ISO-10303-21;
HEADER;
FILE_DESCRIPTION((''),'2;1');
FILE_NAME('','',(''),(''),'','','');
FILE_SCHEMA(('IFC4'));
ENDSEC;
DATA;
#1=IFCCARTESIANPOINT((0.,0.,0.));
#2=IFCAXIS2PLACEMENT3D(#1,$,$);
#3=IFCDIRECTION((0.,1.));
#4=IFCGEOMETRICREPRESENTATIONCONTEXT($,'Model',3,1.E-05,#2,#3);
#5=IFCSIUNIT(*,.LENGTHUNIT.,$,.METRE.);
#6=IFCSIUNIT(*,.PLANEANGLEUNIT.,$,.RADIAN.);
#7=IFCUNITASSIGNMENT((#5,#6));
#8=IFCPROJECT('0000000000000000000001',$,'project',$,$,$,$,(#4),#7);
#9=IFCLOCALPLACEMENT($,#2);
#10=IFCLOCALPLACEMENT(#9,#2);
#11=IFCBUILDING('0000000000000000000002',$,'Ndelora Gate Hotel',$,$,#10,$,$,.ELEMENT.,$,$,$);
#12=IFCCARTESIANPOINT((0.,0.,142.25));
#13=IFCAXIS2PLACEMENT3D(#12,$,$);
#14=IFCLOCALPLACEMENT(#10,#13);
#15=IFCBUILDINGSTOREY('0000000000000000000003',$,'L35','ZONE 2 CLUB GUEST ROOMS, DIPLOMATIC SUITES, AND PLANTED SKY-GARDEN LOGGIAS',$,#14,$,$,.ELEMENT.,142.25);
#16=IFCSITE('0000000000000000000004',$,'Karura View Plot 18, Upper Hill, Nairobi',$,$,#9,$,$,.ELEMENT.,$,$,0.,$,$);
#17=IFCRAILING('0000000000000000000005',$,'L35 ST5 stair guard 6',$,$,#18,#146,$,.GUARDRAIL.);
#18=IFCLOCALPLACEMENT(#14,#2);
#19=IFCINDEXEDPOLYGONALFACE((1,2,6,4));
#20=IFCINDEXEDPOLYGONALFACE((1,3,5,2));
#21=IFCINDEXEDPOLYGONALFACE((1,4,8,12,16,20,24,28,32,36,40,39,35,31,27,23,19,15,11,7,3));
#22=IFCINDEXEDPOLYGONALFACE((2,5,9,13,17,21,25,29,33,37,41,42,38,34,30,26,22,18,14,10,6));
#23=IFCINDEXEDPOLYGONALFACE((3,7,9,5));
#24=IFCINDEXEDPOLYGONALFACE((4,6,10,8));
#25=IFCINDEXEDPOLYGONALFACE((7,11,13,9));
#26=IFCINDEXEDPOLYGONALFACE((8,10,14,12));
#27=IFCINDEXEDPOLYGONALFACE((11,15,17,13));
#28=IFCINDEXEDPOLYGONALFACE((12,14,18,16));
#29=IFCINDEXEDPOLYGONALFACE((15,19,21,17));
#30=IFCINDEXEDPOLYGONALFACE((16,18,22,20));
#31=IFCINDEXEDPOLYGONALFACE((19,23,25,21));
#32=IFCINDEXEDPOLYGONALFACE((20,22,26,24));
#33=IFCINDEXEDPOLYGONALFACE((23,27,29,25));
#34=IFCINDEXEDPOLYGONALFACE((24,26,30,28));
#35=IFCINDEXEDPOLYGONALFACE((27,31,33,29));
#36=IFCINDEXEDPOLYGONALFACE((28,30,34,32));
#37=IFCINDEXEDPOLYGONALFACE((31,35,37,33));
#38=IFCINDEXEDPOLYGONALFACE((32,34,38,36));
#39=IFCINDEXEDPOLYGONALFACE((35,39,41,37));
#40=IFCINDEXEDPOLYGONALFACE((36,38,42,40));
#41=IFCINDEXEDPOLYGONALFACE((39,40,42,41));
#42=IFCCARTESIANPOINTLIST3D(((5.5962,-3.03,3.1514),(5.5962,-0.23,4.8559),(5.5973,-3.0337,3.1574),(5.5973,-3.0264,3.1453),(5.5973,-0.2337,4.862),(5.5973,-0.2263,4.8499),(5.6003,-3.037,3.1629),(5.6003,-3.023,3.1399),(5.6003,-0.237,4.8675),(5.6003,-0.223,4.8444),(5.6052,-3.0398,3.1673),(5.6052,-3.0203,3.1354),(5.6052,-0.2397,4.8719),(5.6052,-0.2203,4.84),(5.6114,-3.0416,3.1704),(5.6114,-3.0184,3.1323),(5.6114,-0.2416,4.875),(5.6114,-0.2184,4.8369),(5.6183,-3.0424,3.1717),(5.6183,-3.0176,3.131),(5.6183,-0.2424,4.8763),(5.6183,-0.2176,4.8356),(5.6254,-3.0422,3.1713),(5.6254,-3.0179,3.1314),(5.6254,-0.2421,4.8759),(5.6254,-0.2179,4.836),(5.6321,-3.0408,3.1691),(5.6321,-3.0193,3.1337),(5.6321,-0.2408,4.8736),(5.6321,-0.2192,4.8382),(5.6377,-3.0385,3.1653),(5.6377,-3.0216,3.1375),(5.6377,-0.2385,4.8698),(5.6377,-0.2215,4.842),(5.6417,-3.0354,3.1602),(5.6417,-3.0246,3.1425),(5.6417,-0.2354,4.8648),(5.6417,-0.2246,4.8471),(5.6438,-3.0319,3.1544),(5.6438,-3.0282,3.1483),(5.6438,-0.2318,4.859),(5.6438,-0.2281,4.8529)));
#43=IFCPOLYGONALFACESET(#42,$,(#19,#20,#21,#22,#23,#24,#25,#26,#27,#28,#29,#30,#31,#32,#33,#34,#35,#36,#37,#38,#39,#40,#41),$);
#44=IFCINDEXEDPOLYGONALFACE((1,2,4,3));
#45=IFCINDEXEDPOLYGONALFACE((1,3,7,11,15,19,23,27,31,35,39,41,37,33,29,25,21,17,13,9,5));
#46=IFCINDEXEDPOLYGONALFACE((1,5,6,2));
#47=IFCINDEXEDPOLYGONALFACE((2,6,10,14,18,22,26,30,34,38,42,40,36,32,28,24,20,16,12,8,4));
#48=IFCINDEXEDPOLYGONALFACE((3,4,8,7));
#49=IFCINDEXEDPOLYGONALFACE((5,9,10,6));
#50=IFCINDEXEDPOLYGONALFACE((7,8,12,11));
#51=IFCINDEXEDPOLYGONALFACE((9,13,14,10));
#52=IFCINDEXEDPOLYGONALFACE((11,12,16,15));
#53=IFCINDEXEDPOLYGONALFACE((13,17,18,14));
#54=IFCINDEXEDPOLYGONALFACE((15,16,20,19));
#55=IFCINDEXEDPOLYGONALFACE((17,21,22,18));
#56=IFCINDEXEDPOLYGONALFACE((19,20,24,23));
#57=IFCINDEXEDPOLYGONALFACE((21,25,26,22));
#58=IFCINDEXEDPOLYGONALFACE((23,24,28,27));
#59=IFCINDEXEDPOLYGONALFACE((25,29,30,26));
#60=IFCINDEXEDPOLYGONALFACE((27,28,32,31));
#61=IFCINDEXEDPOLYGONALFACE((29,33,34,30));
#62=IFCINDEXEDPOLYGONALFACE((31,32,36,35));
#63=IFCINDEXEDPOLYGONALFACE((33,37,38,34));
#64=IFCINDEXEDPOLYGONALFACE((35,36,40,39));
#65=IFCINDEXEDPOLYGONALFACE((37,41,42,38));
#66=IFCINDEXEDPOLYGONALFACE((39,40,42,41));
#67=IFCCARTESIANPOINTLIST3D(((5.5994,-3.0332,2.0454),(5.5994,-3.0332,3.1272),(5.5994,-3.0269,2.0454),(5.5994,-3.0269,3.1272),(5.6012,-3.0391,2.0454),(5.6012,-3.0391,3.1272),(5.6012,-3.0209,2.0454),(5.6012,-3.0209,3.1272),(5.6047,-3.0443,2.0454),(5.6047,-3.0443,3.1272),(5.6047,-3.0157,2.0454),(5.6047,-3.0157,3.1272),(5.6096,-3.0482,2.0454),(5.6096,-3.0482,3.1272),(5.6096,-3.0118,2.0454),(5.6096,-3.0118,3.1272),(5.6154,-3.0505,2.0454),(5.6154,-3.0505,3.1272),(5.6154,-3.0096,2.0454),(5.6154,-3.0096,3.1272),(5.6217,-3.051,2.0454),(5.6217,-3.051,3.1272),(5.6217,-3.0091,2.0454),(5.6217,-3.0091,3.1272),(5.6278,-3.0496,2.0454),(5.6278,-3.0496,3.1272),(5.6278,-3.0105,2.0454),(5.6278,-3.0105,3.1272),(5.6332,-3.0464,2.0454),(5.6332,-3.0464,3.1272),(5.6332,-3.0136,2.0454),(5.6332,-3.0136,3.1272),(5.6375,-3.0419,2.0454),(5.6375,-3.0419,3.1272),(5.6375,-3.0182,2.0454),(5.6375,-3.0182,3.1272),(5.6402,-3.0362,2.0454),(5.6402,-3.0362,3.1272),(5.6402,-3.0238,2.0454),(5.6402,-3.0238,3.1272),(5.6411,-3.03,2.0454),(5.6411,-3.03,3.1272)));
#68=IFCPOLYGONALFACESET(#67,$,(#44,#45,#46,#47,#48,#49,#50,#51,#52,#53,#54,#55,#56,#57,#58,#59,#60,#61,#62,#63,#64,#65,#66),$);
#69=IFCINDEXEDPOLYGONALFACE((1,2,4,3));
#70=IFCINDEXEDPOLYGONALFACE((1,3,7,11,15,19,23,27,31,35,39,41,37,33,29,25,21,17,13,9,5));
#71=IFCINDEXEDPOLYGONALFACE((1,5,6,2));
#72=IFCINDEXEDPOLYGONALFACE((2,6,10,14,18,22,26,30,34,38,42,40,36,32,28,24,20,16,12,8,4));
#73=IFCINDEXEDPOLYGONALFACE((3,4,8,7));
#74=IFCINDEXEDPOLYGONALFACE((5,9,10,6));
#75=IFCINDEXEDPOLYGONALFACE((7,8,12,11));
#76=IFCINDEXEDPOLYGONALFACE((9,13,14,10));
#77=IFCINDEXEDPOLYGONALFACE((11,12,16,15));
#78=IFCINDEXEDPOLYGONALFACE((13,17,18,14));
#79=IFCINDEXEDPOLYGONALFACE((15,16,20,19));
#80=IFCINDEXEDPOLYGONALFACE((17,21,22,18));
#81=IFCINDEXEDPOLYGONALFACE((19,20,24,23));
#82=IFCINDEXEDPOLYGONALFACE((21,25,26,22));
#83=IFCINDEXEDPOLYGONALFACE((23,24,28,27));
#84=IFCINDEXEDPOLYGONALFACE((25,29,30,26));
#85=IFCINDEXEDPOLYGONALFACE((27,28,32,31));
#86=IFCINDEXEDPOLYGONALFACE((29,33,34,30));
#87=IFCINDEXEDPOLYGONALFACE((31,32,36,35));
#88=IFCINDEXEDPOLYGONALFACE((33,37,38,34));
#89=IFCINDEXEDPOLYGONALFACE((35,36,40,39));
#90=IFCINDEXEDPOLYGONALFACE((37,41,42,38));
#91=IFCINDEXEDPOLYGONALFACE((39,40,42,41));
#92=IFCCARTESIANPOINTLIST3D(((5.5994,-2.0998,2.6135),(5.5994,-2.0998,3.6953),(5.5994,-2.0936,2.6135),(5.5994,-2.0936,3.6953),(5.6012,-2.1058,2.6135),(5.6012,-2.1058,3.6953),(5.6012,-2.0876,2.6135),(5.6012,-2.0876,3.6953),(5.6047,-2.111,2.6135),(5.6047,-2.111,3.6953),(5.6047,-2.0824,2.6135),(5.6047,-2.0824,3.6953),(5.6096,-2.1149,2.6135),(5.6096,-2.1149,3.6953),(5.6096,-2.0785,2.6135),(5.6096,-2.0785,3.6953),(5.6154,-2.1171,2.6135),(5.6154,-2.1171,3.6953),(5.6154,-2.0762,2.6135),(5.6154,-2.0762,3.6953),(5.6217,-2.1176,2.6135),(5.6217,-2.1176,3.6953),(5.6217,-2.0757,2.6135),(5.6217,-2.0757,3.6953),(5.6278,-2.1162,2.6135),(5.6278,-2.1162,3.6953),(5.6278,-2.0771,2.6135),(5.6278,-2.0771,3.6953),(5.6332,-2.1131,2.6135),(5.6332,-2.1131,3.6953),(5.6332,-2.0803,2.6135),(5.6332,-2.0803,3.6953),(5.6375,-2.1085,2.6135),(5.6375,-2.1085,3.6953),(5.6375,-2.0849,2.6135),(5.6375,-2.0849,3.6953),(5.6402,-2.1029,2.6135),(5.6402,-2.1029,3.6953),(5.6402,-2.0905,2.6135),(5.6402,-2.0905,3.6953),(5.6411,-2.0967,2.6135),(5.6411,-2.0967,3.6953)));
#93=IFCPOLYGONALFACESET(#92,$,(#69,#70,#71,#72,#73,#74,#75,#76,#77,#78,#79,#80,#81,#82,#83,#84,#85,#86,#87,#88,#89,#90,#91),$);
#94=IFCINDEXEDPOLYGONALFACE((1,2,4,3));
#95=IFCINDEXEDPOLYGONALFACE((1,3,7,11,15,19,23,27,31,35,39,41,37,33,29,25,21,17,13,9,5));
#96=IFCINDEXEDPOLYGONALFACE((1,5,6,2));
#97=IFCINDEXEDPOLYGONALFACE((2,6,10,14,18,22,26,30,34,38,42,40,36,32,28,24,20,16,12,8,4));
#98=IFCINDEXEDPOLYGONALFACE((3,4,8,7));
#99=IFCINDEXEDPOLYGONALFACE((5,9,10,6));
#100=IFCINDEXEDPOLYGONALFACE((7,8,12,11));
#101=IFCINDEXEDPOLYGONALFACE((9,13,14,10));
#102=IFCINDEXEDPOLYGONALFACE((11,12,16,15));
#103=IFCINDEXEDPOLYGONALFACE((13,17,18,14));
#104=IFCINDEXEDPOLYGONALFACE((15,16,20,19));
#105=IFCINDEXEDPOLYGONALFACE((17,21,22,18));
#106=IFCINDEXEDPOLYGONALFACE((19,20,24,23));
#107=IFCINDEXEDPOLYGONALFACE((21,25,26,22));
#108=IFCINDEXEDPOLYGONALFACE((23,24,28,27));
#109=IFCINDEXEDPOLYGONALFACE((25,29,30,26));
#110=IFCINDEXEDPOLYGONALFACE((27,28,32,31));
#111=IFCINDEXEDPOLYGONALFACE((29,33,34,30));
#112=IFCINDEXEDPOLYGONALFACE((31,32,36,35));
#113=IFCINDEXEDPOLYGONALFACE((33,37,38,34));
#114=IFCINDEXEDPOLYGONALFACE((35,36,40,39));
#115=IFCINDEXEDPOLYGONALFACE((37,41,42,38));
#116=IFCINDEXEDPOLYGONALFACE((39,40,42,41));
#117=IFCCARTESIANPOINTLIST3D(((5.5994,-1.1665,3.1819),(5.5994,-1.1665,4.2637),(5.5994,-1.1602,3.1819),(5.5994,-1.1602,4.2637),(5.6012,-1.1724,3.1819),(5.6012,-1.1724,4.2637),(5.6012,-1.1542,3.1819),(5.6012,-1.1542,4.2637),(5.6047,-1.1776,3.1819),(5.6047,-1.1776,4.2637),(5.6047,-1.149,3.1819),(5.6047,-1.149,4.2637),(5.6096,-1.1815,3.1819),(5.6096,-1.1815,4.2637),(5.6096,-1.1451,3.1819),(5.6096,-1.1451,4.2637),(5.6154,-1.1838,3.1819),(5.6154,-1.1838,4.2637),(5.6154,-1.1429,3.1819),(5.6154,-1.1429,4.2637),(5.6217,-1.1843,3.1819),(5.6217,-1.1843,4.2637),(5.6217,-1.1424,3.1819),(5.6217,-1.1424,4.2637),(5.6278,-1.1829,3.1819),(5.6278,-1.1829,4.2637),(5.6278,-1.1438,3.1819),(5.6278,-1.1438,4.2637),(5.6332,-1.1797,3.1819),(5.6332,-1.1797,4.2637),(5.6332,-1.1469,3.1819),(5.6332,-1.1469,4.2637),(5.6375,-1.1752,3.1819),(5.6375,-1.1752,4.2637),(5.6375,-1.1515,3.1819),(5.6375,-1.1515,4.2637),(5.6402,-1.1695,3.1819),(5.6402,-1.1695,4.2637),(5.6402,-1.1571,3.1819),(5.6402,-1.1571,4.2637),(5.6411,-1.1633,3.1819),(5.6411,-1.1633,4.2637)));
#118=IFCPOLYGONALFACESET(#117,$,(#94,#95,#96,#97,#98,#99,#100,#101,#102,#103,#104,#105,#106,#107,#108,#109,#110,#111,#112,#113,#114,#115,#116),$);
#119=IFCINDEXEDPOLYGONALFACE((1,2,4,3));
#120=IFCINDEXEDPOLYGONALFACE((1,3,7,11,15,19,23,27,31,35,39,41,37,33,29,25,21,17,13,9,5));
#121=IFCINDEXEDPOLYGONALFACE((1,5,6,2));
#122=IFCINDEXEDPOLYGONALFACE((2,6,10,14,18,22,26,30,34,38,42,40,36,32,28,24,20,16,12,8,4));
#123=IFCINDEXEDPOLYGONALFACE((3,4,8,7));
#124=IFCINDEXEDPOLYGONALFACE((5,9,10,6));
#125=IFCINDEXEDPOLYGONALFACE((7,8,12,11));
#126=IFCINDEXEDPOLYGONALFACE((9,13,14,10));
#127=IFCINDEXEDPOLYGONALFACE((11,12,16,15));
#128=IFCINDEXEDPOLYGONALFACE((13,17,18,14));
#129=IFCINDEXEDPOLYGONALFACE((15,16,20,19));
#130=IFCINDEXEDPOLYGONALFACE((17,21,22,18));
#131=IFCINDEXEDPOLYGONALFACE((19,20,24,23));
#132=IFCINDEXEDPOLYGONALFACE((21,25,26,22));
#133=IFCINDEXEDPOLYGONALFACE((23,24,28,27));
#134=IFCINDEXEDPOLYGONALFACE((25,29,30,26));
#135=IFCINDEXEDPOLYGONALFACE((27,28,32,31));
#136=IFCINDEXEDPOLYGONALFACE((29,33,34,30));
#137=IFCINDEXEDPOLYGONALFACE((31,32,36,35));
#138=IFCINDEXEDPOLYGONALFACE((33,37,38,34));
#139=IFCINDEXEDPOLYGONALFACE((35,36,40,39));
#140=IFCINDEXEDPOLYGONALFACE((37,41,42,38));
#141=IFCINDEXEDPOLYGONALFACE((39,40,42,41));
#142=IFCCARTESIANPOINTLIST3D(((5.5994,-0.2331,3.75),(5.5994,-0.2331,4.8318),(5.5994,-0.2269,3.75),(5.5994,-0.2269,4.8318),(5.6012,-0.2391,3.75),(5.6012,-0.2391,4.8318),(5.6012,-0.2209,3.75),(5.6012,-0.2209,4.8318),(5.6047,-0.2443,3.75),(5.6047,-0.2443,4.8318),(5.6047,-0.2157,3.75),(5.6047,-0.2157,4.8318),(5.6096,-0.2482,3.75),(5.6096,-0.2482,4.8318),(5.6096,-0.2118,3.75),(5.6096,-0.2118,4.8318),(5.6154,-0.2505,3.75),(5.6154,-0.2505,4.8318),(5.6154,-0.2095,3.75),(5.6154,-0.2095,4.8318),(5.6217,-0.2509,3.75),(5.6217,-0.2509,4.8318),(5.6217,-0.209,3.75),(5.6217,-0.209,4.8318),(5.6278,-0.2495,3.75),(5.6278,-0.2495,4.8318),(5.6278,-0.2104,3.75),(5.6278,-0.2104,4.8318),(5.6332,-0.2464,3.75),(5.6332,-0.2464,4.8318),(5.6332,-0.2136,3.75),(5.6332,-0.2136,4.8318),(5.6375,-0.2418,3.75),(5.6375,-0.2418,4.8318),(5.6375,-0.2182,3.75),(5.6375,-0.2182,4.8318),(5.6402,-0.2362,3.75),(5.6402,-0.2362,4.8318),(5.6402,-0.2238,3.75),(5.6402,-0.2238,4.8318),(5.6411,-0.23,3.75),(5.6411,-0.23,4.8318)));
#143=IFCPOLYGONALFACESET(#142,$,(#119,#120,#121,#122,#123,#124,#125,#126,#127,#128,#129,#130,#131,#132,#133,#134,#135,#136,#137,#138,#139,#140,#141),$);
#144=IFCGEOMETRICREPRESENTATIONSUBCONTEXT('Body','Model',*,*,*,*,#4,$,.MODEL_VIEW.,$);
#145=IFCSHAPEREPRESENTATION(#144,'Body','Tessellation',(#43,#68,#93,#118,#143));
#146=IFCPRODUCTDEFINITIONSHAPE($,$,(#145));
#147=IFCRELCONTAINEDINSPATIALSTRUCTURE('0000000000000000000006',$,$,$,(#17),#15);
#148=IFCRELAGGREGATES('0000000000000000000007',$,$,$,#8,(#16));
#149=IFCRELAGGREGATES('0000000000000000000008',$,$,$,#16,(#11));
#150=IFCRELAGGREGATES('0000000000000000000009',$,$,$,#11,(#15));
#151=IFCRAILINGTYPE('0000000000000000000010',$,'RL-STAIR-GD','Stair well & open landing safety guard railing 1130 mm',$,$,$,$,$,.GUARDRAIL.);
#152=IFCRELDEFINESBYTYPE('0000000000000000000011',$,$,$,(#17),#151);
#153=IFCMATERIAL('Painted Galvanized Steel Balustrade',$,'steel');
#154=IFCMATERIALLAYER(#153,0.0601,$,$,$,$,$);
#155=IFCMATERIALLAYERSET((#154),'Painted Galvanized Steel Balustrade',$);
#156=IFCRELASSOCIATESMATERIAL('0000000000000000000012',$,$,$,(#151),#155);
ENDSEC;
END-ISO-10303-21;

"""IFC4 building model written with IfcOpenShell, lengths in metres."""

from ifc_helpers import new_model, si_unit, direction, frame, origin, origin_2d, place, context, subcontext, project, spatial, circle, extrude, material, layer, layer_set, type_object, element, save


model = new_model("IFC4")

# Units and contexts
model_context = context("Model", 3, precision=1e-05, world=origin(), true_north=direction((0.0, 1.0)))
body_context = subcontext(model_context, "Body", "Model", "MODEL_VIEW")
ifc_project = project(units=[si_unit("LENGTHUNIT", "METRE"), si_unit("PLANEANGLEUNIT", "RADIAN")], contexts=[model_context])

# Site, building, storey
site_placement = place(None, origin())
site = spatial("IfcSite", under=ifc_project, at=site_placement, Name="Karura View Plot 18, Upper Hill, Nairobi", CompositionType="ELEMENT", RefElevation=0.0)
building_placement = place(site_placement, origin())
building = spatial("IfcBuilding", under=site, at=building_placement, Name="Ndelora Gate Hotel", CompositionType="ELEMENT")
storey_placement = place(building_placement, frame((0.0, 0.0, 142.25)))
storey = spatial("IfcBuildingStorey", under=building, at=storey_placement, Name="L35", Description="ZONE 2 CLUB GUEST ROOMS, DIPLOMATIC SUITES, AND PLANTED SKY-GARDEN LOGGIAS", CompositionType="ELEMENT", Elevation=142.25)

# Railing
ifc_material_1 = material(Name="Painted Galvanized Steel Balustrade", Category="steel")
ifc_layer_1 = layer(ifc_material_1, 0.0601)
ifc_layer_set_1 = layer_set([ifc_layer_1], Name="Painted Galvanized Steel Balustrade")
railing_type_1 = type_object("IfcRailingType", Name="RL-STAIR-GD", Description="Stair well & open landing safety guard railing 1130 mm", PredefinedType="GUARDRAIL", material=ifc_layer_set_1)
railing_1_placement = place(storey_placement, frame((5.6201, -3.03, 2.0454)))
element("IfcRailing", 1, at=railing_1_placement, inside=storey, type_object=railing_type_1, Name="L35 ST5 stair guard 6", PredefinedType="GUARDRAIL", context=body_context, shape_type="SweptSolid", body=[
    extrude(circle(Radius=0.0239, at=origin_2d()), frame((0.0, 0.0, 1.106), z_axis=(0.0, 0.85417, 0.519994), x_axis=(-1.0, 0.0, 0.0)), (0.0, 0.0, 1.0), 3.2781),
    extrude(circle(Radius=0.021, at=origin_2d()), origin(), (0.0, 0.0, 1.0), 1.0818),
    extrude(circle(Radius=0.021, at=origin_2d()), frame((0.0, 0.9333, 0.5681)), (0.0, 0.0, 1.0), 1.0818),
    extrude(circle(Radius=0.021, at=origin_2d()), frame((0.0, 1.8667, 1.1365)), (0.0, 0.0, 1.0), 1.0818),
    extrude(circle(Radius=0.021, at=origin_2d()), frame((0.0, 2.8, 1.7046)), (0.0, 0.0, 1.0), 1.0818),
])

save(model, "model.ifc")
